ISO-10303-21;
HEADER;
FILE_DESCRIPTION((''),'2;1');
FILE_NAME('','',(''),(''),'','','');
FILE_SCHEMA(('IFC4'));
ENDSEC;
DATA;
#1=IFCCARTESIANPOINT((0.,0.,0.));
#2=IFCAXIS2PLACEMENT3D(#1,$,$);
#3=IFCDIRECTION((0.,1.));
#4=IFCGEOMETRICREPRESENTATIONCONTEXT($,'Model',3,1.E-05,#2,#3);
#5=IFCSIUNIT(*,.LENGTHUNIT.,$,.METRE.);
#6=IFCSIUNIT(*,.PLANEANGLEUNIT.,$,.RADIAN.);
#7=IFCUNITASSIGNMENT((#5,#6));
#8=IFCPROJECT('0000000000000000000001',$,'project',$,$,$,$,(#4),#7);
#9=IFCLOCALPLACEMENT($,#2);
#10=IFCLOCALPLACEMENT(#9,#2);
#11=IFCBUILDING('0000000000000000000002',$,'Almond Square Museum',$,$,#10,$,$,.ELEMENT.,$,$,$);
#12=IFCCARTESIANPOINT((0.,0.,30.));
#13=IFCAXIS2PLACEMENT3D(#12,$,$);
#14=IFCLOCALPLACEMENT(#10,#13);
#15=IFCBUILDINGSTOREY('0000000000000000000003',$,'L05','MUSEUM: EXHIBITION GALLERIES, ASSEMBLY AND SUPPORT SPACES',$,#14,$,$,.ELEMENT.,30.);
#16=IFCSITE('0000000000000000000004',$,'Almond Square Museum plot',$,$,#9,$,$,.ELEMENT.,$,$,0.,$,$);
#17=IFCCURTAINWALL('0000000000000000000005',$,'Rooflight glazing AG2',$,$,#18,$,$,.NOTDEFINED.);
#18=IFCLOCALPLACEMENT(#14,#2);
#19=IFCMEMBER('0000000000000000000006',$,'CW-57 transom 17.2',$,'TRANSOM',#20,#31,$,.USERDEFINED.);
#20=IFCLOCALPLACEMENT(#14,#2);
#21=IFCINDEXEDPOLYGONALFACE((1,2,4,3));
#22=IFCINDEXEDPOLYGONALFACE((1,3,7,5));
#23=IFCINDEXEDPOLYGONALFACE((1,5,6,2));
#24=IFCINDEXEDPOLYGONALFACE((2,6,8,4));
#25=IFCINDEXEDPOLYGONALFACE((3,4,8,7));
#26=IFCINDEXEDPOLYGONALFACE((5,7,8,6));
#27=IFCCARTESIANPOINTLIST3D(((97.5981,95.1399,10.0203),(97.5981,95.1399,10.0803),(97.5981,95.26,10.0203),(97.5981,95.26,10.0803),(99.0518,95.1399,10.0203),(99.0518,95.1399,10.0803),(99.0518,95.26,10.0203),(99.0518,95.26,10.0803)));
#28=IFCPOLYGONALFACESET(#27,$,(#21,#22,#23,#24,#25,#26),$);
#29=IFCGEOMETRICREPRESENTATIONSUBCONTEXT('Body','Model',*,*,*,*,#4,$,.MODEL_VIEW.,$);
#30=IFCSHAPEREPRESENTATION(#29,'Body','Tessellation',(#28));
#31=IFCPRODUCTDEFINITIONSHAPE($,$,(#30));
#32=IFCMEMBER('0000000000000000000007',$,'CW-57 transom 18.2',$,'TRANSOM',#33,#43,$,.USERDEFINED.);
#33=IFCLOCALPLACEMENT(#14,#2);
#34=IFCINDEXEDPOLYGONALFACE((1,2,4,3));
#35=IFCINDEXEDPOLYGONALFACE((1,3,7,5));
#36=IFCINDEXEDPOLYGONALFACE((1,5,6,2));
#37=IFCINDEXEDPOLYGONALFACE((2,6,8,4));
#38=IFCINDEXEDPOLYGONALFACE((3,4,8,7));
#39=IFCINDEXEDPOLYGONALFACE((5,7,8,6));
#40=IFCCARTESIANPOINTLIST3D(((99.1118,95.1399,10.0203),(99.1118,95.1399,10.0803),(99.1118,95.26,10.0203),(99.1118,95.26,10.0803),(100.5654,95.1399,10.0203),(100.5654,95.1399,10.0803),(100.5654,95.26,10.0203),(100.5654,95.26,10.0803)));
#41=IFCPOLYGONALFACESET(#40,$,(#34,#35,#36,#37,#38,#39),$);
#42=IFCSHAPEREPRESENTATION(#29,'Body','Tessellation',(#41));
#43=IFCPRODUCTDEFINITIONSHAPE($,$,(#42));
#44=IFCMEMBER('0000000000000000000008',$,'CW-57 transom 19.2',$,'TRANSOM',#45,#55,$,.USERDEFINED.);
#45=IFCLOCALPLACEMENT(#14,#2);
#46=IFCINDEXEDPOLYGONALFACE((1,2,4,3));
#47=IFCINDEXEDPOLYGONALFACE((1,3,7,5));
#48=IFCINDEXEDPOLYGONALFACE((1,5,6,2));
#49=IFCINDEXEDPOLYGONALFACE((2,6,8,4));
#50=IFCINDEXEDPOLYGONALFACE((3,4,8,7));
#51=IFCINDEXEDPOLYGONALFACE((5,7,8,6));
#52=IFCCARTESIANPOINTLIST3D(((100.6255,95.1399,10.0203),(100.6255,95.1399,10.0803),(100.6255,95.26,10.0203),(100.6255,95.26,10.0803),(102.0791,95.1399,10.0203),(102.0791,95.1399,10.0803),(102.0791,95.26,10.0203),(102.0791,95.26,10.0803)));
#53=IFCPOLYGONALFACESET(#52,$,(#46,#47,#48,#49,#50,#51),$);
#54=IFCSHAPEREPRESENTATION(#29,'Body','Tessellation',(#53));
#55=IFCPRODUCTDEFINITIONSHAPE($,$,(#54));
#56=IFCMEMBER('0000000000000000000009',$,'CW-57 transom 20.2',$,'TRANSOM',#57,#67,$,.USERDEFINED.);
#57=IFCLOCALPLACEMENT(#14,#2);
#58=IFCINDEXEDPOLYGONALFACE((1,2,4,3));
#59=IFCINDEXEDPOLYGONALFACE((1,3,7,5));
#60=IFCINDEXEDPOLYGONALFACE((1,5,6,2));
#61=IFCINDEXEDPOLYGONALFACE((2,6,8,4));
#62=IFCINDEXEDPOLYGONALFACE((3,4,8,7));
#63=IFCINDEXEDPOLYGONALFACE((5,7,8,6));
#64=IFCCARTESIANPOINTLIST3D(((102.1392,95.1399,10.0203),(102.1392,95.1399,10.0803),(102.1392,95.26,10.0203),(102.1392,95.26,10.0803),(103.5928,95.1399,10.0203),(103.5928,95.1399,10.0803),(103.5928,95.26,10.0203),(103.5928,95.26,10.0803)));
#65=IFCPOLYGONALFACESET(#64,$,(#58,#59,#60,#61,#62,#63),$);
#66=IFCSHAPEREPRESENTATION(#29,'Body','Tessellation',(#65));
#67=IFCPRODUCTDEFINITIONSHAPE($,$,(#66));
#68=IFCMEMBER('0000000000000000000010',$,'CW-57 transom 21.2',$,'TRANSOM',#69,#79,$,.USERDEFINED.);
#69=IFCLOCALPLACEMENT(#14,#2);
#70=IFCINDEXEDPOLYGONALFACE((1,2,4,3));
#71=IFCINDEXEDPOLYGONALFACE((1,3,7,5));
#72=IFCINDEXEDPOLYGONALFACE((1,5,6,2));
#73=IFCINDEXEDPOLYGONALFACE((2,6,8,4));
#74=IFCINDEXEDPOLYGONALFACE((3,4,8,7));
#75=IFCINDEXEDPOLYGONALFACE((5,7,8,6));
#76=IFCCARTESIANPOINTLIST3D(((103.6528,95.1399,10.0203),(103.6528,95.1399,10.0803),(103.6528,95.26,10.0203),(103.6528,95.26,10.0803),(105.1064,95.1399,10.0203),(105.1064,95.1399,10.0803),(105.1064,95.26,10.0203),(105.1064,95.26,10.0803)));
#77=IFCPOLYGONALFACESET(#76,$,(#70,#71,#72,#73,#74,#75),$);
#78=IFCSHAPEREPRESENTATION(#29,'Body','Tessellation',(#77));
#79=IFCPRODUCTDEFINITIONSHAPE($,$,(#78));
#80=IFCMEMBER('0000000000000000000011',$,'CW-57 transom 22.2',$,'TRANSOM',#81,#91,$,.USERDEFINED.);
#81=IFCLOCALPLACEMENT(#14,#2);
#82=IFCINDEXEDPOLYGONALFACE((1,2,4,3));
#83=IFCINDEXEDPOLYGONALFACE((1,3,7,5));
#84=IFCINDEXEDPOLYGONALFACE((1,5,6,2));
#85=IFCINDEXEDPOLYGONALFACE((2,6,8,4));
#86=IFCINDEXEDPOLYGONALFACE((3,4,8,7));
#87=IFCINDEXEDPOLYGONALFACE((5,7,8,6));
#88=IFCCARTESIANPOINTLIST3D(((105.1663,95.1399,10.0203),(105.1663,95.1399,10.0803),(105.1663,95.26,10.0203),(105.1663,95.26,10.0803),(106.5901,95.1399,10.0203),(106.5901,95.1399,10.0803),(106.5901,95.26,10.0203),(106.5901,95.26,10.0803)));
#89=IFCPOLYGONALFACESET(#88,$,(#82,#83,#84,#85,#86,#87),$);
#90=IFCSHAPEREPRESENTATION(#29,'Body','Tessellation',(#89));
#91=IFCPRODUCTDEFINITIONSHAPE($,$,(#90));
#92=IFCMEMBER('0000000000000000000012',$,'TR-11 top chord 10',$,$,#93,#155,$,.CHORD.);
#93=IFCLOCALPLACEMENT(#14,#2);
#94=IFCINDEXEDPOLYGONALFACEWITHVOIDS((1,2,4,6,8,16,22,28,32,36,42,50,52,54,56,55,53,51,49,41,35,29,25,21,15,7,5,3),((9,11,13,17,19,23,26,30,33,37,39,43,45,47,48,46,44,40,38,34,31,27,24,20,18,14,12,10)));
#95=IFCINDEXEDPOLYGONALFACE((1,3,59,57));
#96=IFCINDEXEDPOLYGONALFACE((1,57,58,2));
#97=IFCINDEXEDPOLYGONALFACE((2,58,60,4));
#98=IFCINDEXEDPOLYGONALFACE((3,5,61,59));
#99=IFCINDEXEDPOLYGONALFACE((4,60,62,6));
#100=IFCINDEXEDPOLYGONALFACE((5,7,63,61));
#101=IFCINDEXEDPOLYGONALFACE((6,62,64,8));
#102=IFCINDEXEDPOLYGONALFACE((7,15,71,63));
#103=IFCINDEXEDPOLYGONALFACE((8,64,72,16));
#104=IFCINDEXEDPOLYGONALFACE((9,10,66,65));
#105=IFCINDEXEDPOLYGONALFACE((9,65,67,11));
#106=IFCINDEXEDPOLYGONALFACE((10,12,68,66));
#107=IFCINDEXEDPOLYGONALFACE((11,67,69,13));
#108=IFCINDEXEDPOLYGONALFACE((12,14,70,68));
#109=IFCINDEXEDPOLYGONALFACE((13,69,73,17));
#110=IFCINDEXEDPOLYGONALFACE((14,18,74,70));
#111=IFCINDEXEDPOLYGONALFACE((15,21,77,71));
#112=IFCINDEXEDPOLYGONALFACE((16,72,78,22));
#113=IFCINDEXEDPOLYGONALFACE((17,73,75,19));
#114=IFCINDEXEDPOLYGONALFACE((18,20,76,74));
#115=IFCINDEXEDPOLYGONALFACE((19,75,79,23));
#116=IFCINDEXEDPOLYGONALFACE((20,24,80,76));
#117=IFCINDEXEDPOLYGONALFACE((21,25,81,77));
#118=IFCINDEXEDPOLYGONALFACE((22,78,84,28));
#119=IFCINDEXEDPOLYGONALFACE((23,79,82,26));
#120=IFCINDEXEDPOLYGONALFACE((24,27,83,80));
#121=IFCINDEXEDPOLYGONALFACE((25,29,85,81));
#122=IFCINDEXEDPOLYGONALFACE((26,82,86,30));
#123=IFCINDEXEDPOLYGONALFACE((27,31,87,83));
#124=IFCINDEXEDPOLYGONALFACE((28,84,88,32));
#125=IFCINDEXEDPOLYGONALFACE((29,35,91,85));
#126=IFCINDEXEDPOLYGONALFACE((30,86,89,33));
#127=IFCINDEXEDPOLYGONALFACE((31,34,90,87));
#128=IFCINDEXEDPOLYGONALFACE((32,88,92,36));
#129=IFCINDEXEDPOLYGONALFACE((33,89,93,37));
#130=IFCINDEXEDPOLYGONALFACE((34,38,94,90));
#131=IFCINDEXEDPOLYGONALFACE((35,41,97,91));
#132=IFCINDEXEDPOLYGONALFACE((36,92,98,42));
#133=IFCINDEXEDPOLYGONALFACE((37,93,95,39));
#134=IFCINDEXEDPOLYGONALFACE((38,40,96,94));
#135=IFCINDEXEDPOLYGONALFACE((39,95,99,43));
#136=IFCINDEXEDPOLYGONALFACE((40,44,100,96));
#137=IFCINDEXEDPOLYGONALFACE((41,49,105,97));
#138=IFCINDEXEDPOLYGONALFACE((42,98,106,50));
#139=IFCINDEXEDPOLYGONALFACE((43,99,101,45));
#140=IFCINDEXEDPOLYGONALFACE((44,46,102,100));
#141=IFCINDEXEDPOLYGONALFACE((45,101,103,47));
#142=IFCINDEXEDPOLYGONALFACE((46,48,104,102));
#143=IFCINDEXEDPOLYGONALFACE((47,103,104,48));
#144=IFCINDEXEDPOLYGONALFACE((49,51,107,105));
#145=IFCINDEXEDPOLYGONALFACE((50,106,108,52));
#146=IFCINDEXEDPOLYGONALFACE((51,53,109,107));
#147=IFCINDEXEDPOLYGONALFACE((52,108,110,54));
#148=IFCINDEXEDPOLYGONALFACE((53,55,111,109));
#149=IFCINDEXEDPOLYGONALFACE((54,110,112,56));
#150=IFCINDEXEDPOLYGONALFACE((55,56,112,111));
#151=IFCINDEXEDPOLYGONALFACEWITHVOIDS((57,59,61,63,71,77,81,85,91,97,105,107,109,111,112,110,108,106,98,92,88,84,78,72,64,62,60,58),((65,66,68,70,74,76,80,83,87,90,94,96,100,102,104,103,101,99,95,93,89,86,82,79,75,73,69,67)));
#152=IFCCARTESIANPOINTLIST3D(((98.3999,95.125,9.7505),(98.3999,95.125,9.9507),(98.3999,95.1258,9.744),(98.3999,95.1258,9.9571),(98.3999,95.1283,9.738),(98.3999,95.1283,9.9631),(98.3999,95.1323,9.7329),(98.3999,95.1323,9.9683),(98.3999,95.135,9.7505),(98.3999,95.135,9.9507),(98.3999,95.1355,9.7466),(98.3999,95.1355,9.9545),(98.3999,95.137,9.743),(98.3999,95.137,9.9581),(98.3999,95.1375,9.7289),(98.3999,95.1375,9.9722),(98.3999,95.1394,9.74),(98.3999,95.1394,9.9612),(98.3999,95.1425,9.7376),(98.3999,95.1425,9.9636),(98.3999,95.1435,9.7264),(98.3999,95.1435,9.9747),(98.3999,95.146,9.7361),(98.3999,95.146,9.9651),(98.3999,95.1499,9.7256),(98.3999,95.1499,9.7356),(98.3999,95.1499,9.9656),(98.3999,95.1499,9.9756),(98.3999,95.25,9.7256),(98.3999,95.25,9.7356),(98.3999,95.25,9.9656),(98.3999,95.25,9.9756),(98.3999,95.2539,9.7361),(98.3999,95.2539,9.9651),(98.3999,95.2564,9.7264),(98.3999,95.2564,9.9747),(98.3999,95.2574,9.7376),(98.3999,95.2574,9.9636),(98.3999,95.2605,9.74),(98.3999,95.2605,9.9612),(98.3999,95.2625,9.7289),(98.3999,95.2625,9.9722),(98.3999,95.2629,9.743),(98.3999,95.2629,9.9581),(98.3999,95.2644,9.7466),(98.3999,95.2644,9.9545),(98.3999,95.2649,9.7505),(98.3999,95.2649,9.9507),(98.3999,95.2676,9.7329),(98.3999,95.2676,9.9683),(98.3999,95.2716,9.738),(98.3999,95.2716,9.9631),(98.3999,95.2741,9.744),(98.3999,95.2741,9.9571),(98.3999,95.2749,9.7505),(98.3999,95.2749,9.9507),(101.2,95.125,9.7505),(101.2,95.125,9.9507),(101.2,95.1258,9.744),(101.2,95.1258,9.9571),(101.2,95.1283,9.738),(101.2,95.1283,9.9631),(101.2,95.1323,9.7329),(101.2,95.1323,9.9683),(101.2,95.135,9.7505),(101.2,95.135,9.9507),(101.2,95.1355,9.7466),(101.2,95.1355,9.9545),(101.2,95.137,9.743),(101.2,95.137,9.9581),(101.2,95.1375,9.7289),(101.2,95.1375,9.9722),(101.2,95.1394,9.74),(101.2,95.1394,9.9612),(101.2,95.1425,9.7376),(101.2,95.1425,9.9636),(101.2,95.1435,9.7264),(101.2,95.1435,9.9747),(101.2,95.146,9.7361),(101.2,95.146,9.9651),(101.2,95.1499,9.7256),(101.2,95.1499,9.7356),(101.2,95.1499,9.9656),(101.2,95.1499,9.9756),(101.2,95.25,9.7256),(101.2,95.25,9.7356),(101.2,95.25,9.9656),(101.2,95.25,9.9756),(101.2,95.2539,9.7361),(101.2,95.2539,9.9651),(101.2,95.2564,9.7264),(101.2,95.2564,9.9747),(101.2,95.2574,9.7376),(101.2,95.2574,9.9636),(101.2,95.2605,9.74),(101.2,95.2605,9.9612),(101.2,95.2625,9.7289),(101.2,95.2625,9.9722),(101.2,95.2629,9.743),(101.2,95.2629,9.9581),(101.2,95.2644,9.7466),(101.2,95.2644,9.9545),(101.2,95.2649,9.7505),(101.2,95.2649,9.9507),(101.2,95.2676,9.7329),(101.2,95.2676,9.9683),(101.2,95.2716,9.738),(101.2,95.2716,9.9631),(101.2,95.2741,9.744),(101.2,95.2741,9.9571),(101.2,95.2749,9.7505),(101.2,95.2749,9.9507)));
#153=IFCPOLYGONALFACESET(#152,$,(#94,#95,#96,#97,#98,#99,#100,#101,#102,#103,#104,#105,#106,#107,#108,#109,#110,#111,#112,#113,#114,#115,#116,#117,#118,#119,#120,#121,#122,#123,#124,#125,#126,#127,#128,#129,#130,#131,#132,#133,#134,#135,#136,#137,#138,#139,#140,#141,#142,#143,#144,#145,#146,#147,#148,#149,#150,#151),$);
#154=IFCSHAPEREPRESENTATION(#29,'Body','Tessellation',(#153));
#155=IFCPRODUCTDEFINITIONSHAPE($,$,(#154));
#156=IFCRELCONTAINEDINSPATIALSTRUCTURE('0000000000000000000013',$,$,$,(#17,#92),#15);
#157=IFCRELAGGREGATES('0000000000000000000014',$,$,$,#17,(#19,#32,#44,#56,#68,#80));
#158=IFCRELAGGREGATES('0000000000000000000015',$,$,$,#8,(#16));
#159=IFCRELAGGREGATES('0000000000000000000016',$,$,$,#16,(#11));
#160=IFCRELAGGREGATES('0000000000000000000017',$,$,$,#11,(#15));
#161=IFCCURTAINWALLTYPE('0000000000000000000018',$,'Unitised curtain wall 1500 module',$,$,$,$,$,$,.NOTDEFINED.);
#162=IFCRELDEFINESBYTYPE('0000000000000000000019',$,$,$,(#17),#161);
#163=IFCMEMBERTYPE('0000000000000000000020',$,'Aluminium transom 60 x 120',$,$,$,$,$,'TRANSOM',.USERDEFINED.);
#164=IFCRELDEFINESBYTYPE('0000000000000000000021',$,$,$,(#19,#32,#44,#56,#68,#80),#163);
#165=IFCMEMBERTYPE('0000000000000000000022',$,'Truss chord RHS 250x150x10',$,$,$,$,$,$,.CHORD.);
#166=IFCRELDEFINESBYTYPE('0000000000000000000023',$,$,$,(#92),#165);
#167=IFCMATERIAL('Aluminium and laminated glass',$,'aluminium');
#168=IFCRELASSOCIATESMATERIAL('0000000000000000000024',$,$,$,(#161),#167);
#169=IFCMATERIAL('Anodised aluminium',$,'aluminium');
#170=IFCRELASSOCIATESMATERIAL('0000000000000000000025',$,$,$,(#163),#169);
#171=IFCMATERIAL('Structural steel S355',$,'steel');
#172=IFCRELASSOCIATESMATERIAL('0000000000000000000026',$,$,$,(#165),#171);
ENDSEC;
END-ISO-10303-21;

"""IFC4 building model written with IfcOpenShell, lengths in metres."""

from ifc_helpers import new_model, si_unit, direction, frame, origin, origin_2d, place, context, subcontext, project, spatial, rectangle, hollow_rectangle, extrude, material, material_profile, profile_set, type_object, element, aggregate, save


model = new_model("IFC4")

# Units and contexts
model_context = context("Model", 3, precision=1e-05, world=origin(), true_north=direction((0.0, 1.0)))
body_context = subcontext(model_context, "Body", "Model", "MODEL_VIEW")
ifc_project = project(units=[si_unit("LENGTHUNIT", "METRE"), si_unit("PLANEANGLEUNIT", "RADIAN")], contexts=[model_context])

# Site, building, storey
site_placement = place(None, origin())
site = spatial("IfcSite", under=ifc_project, at=site_placement, Name="Almond Square Museum plot", CompositionType="ELEMENT", RefElevation=0.0)
building_placement = place(site_placement, origin())
building = spatial("IfcBuilding", under=site, at=building_placement, Name="Almond Square Museum", CompositionType="ELEMENT")
storey_placement = place(building_placement, frame((0.0, 0.0, 30.0)))
storey = spatial("IfcBuildingStorey", under=building, at=storey_placement, Name="L05", Description="MUSEUM: EXHIBITION GALLERIES, ASSEMBLY AND SUPPORT SPACES", CompositionType="ELEMENT", Elevation=30.0)

# Curtain wall, members
ifc_material_1 = material(Name="Aluminium and laminated glass", Category="aluminium")
curtain_wall_type = type_object("IfcCurtainWallType", Name="Unitised curtain wall 1500 module", PredefinedType="NOTDEFINED", material=ifc_material_1)
curtain_wall_placement = place(storey_placement, origin())
curtain_wall = element("IfcCurtainWall", 1, at=curtain_wall_placement, inside=storey, type_object=curtain_wall_type, Name="Rooflight glazing AG2", PredefinedType="NOTDEFINED")
ifc_material_2 = material(Name="Anodised aluminium", Category="aluminium")
ifc_material_profile_1 = material_profile(ifc_material_2, rectangle(XDim=0.1201, YDim=0.0601, at=origin_2d()))
ifc_profile_set_1 = profile_set([ifc_material_profile_1], Name="Anodised aluminium")
member_type_1 = type_object("IfcMemberType", Name="Aluminium transom 60 x 120", ElementType="TRANSOM", PredefinedType="USERDEFINED", material=ifc_profile_set_1)
member_1_placement = place(storey_placement, frame((97.5981, 95.2, 10.0503), z_axis=(1.0, 0.0, 0.0), x_axis=(0.0, 1.0, 0.0)))
member_1 = element("IfcMember", 2, at=member_1_placement, type_object=member_type_1, Name="CW-57 transom 17.2", ObjectType="TRANSOM", PredefinedType="USERDEFINED", context=body_context, shape_type="SweptSolid", body=[
    extrude(rectangle(XDim=0.1201, YDim=0.0601, at=origin_2d()), origin(), (0.0, 0.0, 1.0), 1.4536),
])
member_2_placement = place(storey_placement, frame((99.1118, 95.2, 10.0503), z_axis=(1.0, 0.0, 0.0), x_axis=(0.0, 1.0, 0.0)))
member_2 = element("IfcMember", 3, at=member_2_placement, type_object=member_type_1, Name="CW-57 transom 18.2", ObjectType="TRANSOM", PredefinedType="USERDEFINED", context=body_context, shape_type="SweptSolid", body=[
    extrude(rectangle(XDim=0.1201, YDim=0.0601, at=origin_2d()), origin(), (0.0, 0.0, 1.0), 1.4536),
])
member_3_placement = place(storey_placement, frame((100.6255, 95.2, 10.0503), z_axis=(1.0, 0.0, 0.0), x_axis=(0.0, 1.0, 0.0)))
member_3 = element("IfcMember", 4, at=member_3_placement, type_object=member_type_1, Name="CW-57 transom 19.2", ObjectType="TRANSOM", PredefinedType="USERDEFINED", context=body_context, shape_type="SweptSolid", body=[
    extrude(rectangle(XDim=0.1201, YDim=0.0601, at=origin_2d()), origin(), (0.0, 0.0, 1.0), 1.4536),
])
member_4_placement = place(storey_placement, frame((102.1392, 95.2, 10.0503), z_axis=(1.0, 0.0, 0.0), x_axis=(0.0, 1.0, 0.0)))
member_4 = element("IfcMember", 5, at=member_4_placement, type_object=member_type_1, Name="CW-57 transom 20.2", ObjectType="TRANSOM", PredefinedType="USERDEFINED", context=body_context, shape_type="SweptSolid", body=[
    extrude(rectangle(XDim=0.1201, YDim=0.0601, at=origin_2d()), origin(), (0.0, 0.0, 1.0), 1.4536),
])
member_5_placement = place(storey_placement, frame((103.6528, 95.2, 10.0503), z_axis=(1.0, 0.0, 0.0), x_axis=(0.0, 1.0, 0.0)))
member_5 = element("IfcMember", 6, at=member_5_placement, type_object=member_type_1, Name="CW-57 transom 21.2", ObjectType="TRANSOM", PredefinedType="USERDEFINED", context=body_context, shape_type="SweptSolid", body=[
    extrude(rectangle(XDim=0.1201, YDim=0.0601, at=origin_2d()), origin(), (0.0, 0.0, 1.0), 1.4536),
])
member_6_placement = place(storey_placement, frame((105.1663, 95.2, 10.0503), z_axis=(1.0, 0.0, 0.0), x_axis=(0.0, 1.0, 0.0)))
member_6 = element("IfcMember", 7, at=member_6_placement, type_object=member_type_1, Name="CW-57 transom 22.2", ObjectType="TRANSOM", PredefinedType="USERDEFINED", context=body_context, shape_type="SweptSolid", body=[
    extrude(rectangle(XDim=0.1201, YDim=0.0601, at=origin_2d()), origin(), (0.0, 0.0, 1.0), 1.4238),
])
aggregate(curtain_wall, [member_1, member_2, member_3, member_4, member_5, member_6])

# Member
ifc_material_3 = material(Name="Structural steel S355", Category="steel")
ifc_material_profile_2 = material_profile(ifc_material_3, hollow_rectangle(XDim=0.1499, YDim=0.25, WallThickness=0.01, InnerFilletRadius=0.0149, OuterFilletRadius=0.0249, at=origin_2d()))
ifc_profile_set_2 = profile_set([ifc_material_profile_2], Name="Structural steel S355")
member_type_2 = type_object("IfcMemberType", Name="Truss chord RHS 250x150x10", PredefinedType="CHORD", material=ifc_profile_set_2)
for number, where, z_axis, x_axis, name in (
    (8, (98.3999, 95.2, 9.8506), (1.0, 0.0, 0.0), (0.0, 1.0, 0.0), "TR-11 top chord 10"),
):
    element("IfcMember", number, at=place(storey_placement, frame(where, z_axis=z_axis, x_axis=x_axis)), inside=storey, type_object=member_type_2, Name=name, PredefinedType="CHORD", context=body_context, shape_type="SweptSolid", body=[
        extrude(hollow_rectangle(XDim=0.1499, YDim=0.25, WallThickness=0.01, InnerFilletRadius=0.0149, OuterFilletRadius=0.0249, at=origin_2d()), origin(), (0.0, 0.0, 1.0), 2.8),
    ])

save(model, "model.ifc")
